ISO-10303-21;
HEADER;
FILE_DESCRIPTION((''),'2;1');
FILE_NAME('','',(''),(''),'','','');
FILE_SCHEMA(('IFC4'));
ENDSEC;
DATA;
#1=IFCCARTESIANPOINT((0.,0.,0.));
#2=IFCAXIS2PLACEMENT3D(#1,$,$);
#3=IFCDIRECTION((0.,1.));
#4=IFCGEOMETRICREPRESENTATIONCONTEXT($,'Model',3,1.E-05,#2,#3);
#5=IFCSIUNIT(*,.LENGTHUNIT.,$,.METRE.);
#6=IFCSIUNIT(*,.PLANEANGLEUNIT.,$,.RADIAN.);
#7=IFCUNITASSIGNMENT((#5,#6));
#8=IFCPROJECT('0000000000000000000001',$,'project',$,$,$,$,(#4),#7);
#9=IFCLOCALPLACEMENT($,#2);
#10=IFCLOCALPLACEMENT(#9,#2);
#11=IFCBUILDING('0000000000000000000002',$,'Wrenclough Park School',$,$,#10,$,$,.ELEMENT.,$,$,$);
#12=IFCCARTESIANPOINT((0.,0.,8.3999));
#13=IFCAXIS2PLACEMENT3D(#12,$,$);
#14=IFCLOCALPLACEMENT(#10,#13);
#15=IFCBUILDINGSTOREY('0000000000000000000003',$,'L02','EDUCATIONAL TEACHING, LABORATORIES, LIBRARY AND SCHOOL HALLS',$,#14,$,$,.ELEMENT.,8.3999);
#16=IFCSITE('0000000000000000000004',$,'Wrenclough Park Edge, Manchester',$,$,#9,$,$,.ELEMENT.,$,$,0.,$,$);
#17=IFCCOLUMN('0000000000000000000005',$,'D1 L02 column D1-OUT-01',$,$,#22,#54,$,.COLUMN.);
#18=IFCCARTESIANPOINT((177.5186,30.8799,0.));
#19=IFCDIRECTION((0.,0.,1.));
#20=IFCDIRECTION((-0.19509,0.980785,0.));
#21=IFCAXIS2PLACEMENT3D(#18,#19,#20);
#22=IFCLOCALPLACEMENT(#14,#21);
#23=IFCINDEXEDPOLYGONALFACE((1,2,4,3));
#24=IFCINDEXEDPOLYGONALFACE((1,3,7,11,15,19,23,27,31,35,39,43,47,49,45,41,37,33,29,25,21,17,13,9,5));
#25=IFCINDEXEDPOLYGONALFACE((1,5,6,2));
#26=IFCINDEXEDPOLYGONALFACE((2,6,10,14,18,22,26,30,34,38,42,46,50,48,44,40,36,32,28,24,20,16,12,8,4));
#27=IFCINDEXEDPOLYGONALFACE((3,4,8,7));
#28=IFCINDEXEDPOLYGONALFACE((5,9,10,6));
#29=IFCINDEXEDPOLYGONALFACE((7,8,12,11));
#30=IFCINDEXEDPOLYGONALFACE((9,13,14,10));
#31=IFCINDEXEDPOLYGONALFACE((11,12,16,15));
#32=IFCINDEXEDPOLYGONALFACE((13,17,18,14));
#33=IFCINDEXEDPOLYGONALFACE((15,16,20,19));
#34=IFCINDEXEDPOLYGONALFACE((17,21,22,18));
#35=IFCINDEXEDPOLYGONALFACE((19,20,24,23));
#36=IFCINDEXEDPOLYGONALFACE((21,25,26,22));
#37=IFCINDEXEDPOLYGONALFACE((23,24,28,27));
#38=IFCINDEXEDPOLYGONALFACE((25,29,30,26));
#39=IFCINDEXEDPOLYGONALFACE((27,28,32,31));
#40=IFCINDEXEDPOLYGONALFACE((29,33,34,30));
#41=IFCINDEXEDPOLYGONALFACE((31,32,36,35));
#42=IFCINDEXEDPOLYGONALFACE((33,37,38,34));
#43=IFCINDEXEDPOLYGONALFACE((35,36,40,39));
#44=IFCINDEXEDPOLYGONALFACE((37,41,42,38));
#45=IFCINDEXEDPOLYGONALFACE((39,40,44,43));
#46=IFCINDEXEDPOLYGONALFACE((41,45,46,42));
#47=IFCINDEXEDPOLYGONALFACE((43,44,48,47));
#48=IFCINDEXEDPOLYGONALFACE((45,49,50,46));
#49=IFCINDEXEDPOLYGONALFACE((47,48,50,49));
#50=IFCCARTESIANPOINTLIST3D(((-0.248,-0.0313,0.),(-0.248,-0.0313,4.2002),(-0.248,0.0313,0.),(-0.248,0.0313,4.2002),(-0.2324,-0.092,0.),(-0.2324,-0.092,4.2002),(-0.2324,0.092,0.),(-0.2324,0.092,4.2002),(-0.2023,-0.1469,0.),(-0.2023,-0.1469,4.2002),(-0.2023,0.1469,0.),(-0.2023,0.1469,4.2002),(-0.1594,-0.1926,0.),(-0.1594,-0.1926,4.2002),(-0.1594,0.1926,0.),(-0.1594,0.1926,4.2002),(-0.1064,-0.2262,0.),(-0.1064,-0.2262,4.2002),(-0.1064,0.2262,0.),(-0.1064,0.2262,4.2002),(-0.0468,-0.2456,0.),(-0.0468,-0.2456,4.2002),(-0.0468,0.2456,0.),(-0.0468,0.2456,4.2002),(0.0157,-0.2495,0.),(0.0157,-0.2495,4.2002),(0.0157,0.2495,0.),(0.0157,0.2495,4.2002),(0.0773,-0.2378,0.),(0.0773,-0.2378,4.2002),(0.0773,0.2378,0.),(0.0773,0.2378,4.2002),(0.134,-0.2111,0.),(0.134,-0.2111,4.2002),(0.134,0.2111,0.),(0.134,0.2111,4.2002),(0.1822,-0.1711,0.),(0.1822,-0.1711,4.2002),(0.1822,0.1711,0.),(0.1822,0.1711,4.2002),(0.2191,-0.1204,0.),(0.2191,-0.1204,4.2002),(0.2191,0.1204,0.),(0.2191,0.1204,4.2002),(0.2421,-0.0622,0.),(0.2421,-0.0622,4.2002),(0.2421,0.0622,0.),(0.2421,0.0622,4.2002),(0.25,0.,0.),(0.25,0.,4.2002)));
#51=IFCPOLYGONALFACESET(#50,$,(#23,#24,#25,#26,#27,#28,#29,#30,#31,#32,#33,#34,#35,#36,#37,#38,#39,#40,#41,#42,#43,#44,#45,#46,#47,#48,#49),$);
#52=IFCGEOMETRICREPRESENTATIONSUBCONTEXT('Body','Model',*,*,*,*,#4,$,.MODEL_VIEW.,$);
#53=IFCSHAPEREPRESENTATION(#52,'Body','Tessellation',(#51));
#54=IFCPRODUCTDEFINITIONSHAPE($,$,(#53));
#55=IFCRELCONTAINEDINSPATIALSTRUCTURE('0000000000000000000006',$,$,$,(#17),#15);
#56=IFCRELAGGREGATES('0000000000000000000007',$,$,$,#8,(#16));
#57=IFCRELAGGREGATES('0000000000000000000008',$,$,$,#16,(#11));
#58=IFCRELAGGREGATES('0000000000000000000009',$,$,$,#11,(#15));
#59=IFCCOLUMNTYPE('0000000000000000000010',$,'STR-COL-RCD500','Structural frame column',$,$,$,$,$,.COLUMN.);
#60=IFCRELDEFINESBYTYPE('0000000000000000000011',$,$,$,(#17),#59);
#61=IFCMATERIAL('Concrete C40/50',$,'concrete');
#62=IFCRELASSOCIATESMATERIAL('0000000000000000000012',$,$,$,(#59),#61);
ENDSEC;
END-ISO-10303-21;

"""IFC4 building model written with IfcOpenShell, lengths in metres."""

from ifc_helpers import new_model, si_unit, direction, frame, origin, origin_2d, place, context, subcontext, project, spatial, circle, extrude, material, material_profile, profile_set, type_object, element, save


model = new_model("IFC4")

# Units and contexts
model_context = context("Model", 3, precision=1e-05, world=origin(), true_north=direction((0.0, 1.0)))
body_context = subcontext(model_context, "Body", "Model", "MODEL_VIEW")
ifc_project = project(units=[si_unit("LENGTHUNIT", "METRE"), si_unit("PLANEANGLEUNIT", "RADIAN")], contexts=[model_context])

# Site, building, storey
site_placement = place(None, origin())
site = spatial("IfcSite", under=ifc_project, at=site_placement, Name="Wrenclough Park Edge, Manchester", CompositionType="ELEMENT", RefElevation=0.0)
building_placement = place(site_placement, origin())
building = spatial("IfcBuilding", under=site, at=building_placement, Name="Wrenclough Park School", CompositionType="ELEMENT")
storey_placement = place(building_placement, frame((0.0, 0.0, 8.3999)))
storey = spatial("IfcBuildingStorey", under=building, at=storey_placement, Name="L02", Description="EDUCATIONAL TEACHING, LABORATORIES, LIBRARY AND SCHOOL HALLS", CompositionType="ELEMENT", Elevation=8.3999)

# Column
ifc_material_1 = material(Name="Concrete C40/50", Category="concrete")
ifc_material_profile_1 = material_profile(ifc_material_1, circle(Radius=0.25, at=origin_2d()), Name="RC COL D500")
ifc_profile_set_1 = profile_set([ifc_material_profile_1], Name="Concrete C40/50")
column_type_1 = type_object("IfcColumnType", Name="STR-COL-RCD500", Description="Structural frame column", PredefinedType="COLUMN", material=ifc_profile_set_1)
column_1_placement = place(storey_placement, frame((177.5186, 30.8799, 0.0), z_axis=(0.0, 0.0, 1.0), x_axis=(-0.19509, 0.980785, 0.0)))
element("IfcColumn", 1, at=column_1_placement, inside=storey, type_object=column_type_1, Name="D1 L02 column D1-OUT-01", PredefinedType="COLUMN", context=body_context, shape_type="SweptSolid", body=[
    extrude(circle(Radius=0.25, at=origin_2d()), origin(), (0.0, 0.0, 1.0), 4.2002),
])

save(model, "model.ifc")
